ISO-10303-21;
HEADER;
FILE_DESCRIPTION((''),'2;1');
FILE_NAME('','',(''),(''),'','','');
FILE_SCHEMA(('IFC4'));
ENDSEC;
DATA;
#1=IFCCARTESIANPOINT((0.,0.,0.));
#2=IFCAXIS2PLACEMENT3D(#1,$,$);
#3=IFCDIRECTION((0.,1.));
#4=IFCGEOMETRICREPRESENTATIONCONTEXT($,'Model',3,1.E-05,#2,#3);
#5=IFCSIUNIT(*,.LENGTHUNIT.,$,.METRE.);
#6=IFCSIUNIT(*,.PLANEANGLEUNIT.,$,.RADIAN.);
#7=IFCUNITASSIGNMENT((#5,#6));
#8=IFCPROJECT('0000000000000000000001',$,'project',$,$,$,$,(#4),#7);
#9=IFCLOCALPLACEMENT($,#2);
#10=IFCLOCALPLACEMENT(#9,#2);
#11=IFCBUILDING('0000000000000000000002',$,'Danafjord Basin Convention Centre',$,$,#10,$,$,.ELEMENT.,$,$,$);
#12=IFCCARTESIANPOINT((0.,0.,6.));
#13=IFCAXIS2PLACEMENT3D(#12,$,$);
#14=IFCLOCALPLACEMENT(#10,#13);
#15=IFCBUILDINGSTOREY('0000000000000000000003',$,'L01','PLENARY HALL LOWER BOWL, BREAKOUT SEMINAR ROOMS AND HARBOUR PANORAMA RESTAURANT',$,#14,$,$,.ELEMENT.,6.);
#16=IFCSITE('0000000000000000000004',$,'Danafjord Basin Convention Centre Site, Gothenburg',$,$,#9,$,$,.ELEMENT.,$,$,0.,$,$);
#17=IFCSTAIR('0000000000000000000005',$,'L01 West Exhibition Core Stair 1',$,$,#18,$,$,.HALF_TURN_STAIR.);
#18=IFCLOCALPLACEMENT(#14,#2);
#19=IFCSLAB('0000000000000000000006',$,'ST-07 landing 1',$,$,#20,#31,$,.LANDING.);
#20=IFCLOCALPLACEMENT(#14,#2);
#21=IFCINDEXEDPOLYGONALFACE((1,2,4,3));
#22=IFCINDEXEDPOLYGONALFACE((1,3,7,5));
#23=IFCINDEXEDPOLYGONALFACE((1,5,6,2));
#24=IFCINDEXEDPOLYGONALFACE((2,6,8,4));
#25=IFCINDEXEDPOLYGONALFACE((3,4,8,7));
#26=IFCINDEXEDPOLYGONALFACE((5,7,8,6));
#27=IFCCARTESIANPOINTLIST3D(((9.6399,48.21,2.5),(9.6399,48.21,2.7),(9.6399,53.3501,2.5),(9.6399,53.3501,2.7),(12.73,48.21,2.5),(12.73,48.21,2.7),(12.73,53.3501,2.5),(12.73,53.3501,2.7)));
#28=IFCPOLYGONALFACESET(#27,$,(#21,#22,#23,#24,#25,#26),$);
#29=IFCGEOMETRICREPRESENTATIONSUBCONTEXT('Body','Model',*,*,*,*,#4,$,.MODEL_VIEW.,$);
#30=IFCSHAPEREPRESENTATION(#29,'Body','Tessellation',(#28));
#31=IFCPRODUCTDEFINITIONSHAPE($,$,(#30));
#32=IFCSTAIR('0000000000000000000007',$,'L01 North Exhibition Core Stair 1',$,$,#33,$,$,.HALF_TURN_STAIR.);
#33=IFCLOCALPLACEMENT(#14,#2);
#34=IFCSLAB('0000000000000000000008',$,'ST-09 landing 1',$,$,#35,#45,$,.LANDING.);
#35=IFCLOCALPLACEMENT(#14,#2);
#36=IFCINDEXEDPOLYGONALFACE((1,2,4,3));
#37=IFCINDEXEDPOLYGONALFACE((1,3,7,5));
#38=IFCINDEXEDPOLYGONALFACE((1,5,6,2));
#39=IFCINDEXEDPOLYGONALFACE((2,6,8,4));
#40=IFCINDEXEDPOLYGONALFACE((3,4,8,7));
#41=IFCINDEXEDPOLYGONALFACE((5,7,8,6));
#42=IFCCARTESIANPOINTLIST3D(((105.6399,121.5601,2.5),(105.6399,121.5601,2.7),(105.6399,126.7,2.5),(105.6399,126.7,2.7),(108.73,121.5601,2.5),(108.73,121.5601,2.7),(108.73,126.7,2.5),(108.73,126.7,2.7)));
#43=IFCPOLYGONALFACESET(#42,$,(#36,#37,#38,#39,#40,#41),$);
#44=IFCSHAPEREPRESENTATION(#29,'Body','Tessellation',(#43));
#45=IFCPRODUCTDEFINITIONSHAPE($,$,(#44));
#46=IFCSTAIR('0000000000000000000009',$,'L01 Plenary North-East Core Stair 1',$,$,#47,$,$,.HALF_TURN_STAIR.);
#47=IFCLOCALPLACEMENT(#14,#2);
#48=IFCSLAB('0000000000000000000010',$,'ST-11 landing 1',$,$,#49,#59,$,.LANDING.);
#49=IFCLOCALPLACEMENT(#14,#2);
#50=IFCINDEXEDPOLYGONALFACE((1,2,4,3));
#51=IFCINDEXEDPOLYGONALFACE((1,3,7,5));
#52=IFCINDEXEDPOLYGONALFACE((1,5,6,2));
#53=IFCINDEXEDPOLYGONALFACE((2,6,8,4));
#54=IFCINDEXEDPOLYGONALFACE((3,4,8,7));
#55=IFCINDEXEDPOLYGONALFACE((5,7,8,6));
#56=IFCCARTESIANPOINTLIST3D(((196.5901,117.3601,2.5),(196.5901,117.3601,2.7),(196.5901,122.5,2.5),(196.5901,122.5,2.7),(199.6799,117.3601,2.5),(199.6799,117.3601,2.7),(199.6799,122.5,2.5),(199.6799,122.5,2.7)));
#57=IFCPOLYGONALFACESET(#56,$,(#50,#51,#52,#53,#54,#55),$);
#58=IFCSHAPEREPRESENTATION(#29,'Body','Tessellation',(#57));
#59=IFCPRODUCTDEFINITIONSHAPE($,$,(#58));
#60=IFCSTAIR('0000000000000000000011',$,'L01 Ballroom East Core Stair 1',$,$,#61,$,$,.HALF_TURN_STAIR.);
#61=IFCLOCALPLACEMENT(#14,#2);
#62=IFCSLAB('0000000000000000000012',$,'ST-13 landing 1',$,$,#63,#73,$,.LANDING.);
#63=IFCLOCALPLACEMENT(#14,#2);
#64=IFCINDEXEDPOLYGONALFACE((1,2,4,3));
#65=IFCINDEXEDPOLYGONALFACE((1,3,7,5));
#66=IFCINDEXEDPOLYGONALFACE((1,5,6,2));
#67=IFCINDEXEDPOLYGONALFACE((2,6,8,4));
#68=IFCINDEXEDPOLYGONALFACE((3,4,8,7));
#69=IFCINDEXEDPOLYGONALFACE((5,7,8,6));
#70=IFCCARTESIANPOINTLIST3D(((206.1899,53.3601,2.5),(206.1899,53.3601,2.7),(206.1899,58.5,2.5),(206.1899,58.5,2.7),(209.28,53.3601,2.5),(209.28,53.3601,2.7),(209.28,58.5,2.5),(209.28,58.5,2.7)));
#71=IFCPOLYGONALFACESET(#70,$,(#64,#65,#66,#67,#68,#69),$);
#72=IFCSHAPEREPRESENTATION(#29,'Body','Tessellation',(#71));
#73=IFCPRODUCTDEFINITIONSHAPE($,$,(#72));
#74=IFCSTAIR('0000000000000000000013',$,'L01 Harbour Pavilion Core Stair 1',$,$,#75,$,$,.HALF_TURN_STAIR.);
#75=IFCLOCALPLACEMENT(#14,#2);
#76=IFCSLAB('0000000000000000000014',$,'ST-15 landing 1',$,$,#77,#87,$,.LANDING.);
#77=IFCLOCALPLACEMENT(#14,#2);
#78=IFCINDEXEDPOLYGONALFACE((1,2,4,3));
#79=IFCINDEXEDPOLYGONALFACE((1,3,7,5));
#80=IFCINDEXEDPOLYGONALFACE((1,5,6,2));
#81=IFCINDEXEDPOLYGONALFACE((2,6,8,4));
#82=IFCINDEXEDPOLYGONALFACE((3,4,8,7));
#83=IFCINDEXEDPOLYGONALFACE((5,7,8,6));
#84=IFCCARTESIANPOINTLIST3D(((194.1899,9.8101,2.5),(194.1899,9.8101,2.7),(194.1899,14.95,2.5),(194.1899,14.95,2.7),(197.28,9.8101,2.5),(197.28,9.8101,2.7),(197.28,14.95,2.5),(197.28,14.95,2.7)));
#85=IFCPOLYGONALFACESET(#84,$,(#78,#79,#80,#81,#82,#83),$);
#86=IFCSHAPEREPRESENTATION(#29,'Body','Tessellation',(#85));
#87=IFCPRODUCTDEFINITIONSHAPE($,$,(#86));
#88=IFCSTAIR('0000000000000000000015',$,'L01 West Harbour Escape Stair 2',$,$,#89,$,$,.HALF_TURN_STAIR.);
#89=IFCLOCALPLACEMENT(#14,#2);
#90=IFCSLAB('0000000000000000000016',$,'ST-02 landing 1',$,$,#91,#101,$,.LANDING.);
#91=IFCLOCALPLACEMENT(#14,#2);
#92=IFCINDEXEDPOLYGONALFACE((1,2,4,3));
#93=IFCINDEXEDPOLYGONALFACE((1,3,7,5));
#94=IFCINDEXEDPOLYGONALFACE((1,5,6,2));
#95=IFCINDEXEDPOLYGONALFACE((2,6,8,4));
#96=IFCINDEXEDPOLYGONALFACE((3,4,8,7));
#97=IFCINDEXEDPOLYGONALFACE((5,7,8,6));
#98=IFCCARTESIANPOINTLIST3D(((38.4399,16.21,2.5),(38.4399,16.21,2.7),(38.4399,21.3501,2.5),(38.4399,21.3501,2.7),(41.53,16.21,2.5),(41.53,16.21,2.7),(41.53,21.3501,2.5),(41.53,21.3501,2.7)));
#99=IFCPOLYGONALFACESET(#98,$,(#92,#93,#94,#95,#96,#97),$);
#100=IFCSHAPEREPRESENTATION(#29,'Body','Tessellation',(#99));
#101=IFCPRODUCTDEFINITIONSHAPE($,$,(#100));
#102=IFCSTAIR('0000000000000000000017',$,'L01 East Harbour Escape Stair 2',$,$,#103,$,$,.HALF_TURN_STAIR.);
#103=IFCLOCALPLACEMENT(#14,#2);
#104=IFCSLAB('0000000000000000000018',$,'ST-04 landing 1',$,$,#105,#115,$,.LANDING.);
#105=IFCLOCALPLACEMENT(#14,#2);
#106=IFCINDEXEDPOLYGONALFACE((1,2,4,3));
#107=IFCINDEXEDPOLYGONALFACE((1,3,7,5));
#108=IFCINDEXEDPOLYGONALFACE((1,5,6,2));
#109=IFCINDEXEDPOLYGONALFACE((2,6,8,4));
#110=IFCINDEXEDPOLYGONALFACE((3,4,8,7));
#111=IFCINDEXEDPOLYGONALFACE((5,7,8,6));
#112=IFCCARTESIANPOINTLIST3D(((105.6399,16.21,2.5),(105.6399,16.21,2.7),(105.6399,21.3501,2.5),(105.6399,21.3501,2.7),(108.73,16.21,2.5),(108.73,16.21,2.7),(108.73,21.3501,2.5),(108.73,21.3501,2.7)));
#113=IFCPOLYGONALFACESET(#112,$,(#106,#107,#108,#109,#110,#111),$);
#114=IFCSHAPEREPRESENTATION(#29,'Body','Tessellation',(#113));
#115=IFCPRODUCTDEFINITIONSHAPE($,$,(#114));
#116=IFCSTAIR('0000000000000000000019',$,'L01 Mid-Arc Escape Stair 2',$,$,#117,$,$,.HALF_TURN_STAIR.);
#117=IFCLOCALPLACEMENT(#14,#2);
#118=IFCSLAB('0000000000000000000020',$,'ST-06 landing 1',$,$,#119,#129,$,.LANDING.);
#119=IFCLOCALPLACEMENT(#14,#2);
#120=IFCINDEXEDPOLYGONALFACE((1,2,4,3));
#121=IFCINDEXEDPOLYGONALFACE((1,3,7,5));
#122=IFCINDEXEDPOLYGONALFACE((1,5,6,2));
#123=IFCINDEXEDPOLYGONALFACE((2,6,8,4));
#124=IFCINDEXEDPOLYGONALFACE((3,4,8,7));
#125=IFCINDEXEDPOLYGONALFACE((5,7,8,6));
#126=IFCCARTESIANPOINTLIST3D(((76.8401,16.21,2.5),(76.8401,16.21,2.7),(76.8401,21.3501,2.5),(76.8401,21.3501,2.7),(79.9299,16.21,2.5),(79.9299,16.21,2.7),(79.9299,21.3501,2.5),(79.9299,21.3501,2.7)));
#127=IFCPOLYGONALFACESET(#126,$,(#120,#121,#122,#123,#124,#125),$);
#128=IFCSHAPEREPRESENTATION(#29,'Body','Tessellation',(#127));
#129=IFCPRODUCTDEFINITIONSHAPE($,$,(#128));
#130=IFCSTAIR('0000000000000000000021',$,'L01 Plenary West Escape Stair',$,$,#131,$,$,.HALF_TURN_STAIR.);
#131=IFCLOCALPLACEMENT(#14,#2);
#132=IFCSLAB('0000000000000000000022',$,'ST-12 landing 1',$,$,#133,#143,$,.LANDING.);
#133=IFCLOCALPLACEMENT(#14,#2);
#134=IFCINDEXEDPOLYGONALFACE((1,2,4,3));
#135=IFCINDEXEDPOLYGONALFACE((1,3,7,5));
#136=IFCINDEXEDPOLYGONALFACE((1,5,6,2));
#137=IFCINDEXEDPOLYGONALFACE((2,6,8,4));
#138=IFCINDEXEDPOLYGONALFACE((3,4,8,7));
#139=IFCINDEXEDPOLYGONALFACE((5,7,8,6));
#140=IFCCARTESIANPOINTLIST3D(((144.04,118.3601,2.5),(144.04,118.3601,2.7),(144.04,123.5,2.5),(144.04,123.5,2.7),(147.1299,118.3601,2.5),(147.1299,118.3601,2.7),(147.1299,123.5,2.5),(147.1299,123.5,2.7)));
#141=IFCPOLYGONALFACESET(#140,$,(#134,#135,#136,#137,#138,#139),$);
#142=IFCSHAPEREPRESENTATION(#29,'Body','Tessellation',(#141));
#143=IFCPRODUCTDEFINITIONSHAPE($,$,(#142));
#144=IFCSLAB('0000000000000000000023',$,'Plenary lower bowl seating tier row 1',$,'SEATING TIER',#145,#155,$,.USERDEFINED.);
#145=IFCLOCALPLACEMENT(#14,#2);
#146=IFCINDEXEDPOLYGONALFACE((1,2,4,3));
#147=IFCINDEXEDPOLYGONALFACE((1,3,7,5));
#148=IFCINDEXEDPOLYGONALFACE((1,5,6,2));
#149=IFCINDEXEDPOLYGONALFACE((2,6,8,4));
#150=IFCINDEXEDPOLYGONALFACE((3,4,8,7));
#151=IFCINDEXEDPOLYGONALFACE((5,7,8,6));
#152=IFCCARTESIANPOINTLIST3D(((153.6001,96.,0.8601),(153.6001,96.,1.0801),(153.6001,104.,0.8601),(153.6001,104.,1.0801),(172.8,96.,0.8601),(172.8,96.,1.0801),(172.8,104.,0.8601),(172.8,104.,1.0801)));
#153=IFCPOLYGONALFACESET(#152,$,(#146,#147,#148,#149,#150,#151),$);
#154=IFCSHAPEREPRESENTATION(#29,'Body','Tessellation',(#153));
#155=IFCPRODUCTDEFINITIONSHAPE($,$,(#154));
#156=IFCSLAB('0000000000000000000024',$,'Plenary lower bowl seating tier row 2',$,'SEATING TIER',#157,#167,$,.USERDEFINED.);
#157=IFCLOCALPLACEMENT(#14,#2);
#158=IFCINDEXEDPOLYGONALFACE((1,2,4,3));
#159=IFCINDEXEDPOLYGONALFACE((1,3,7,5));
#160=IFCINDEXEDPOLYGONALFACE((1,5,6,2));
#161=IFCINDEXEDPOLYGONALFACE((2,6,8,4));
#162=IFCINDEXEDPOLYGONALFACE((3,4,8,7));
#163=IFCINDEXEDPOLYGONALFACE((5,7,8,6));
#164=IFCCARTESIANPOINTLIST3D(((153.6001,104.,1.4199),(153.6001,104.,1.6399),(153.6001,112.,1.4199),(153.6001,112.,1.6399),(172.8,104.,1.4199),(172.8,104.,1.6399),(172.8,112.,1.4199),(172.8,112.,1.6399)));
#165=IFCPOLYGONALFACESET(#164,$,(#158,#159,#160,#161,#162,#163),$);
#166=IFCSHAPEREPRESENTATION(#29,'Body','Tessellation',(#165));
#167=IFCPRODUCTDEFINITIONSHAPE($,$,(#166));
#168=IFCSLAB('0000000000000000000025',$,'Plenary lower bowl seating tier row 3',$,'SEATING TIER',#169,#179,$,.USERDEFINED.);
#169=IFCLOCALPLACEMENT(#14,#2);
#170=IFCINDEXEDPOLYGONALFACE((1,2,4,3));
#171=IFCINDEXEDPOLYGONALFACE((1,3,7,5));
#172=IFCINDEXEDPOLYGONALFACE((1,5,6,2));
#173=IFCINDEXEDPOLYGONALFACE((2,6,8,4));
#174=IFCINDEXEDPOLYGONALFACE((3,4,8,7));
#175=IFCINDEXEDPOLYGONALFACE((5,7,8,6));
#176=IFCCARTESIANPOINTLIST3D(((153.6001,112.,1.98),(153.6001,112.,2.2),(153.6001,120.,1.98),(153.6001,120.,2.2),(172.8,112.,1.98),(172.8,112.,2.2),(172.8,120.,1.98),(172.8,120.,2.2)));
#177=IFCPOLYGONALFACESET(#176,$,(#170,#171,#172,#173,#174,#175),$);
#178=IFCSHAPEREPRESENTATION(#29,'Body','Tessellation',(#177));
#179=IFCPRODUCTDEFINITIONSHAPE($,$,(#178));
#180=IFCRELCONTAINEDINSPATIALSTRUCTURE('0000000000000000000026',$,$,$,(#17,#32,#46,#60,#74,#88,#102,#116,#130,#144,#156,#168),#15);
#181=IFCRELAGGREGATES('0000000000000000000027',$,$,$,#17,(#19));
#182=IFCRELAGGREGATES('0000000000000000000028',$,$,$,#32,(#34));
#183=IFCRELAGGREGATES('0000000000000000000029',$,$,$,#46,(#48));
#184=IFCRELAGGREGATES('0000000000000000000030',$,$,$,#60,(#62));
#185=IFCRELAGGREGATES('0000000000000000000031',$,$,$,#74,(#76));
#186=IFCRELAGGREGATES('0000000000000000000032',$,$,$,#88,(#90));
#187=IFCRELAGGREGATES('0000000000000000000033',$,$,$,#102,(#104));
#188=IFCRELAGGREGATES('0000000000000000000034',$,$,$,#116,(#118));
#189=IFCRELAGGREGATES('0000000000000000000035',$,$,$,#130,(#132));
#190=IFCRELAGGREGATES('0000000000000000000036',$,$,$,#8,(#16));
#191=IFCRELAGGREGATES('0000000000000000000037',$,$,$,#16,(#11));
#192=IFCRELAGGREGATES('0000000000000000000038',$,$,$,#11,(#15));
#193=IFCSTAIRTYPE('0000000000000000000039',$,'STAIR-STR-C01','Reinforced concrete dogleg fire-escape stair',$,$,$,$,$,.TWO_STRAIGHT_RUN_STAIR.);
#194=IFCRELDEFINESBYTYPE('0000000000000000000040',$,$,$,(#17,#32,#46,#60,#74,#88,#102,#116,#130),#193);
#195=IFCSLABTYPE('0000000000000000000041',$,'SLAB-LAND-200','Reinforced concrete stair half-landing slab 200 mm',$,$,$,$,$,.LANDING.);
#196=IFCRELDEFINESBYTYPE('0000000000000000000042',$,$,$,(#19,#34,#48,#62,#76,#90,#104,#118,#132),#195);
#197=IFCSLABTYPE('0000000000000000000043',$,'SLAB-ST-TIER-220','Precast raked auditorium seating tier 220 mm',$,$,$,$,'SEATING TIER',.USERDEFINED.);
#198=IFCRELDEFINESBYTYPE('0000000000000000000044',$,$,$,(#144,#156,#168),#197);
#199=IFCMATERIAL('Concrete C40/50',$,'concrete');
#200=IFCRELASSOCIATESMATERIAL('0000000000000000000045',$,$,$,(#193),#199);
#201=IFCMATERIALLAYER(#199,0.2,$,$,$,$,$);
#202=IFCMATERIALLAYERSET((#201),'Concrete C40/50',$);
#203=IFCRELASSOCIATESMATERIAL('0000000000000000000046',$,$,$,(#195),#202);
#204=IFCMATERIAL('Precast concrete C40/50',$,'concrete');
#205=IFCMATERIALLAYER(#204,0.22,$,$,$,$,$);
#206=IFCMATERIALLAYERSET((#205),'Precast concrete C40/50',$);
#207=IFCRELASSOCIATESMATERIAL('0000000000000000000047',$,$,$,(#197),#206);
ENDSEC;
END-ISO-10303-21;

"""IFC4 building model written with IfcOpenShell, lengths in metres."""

from ifc_helpers import new_model, si_unit, direction, frame, origin, place, context, subcontext, project, spatial, polyline, outline, extrude, material, layer, layer_set, type_object, element, aggregate, save


model = new_model("IFC4")

# Units and contexts
model_context = context("Model", 3, precision=1e-05, world=origin(), true_north=direction((0.0, 1.0)))
body_context = subcontext(model_context, "Body", "Model", "MODEL_VIEW")
ifc_project = project(units=[si_unit("LENGTHUNIT", "METRE"), si_unit("PLANEANGLEUNIT", "RADIAN")], contexts=[model_context])

# Site, building, storey
site_placement = place(None, origin())
site = spatial("IfcSite", under=ifc_project, at=site_placement, Name="Danafjord Basin Convention Centre Site, Gothenburg", CompositionType="ELEMENT", RefElevation=0.0)
building_placement = place(site_placement, origin())
building = spatial("IfcBuilding", under=site, at=building_placement, Name="Danafjord Basin Convention Centre", CompositionType="ELEMENT")
storey_placement = place(building_placement, frame((0.0, 0.0, 6.0)))
storey = spatial("IfcBuildingStorey", under=building, at=storey_placement, Name="L01", Description="PLENARY HALL LOWER BOWL, BREAKOUT SEMINAR ROOMS AND HARBOUR PANORAMA RESTAURANT", CompositionType="ELEMENT", Elevation=6.0)

# Stairs, slabs
ifc_material_1 = material(Name="Concrete C40/50", Category="concrete")
stair_type = type_object("IfcStairType", Name="STAIR-STR-C01", Description="Reinforced concrete dogleg fire-escape stair", PredefinedType="TWO_STRAIGHT_RUN_STAIR", material=ifc_material_1)
ifc_layer_1 = layer(ifc_material_1, 0.2)
ifc_layer_set_1 = layer_set([ifc_layer_1], Name="Concrete C40/50")
slab_type_1 = type_object("IfcSlabType", Name="SLAB-LAND-200", Description="Reinforced concrete stair half-landing slab 200 mm", PredefinedType="LANDING", material=ifc_layer_set_1)
stair_1_placement = place(storey_placement, origin())
stair_1 = element("IfcStair", 1, at=stair_1_placement, inside=storey, type_object=stair_type, Name="L01 West Exhibition Core Stair 1", PredefinedType="HALF_TURN_STAIR")
slab_1_placement = place(storey_placement, frame((0.0, 0.0, 2.5)))
slab_1 = element("IfcSlab", 2, at=slab_1_placement, type_object=slab_type_1, Name="ST-07 landing 1", PredefinedType="LANDING", context=body_context, shape_type="SweptSolid", body=[
    extrude(outline(polyline([(9.6399, 48.21), (12.73, 48.21), (12.73, 53.3501), (9.6399, 53.3501), (9.6399, 48.21)])), origin(), (0.0, 0.0, 1.0), 0.2),
])
aggregate(stair_1, [slab_1])
stair_2_placement = place(storey_placement, origin())
stair_2 = element("IfcStair", 3, at=stair_2_placement, inside=storey, type_object=stair_type, Name="L01 North Exhibition Core Stair 1", PredefinedType="HALF_TURN_STAIR")
slab_2_placement = place(storey_placement, frame((0.0, 0.0, 2.5)))
slab_2 = element("IfcSlab", 4, at=slab_2_placement, type_object=slab_type_1, Name="ST-09 landing 1", PredefinedType="LANDING", context=body_context, shape_type="SweptSolid", body=[
    extrude(outline(polyline([(105.6399, 121.5601), (108.73, 121.5601), (108.73, 126.7), (105.6399, 126.7), (105.6399, 121.5601)])), origin(), (0.0, 0.0, 1.0), 0.2),
])
aggregate(stair_2, [slab_2])
stair_3_placement = place(storey_placement, origin())
stair_3 = element("IfcStair", 5, at=stair_3_placement, inside=storey, type_object=stair_type, Name="L01 Plenary North-East Core Stair 1", PredefinedType="HALF_TURN_STAIR")
slab_3_placement = place(storey_placement, frame((0.0, 0.0, 2.5)))
slab_3 = element("IfcSlab", 6, at=slab_3_placement, type_object=slab_type_1, Name="ST-11 landing 1", PredefinedType="LANDING", context=body_context, shape_type="SweptSolid", body=[
    extrude(outline(polyline([(196.5901, 117.3601), (199.6799, 117.3601), (199.6799, 122.5), (196.5901, 122.5), (196.5901, 117.3601)])), origin(), (0.0, 0.0, 1.0), 0.2),
])
aggregate(stair_3, [slab_3])
stair_4_placement = place(storey_placement, origin())
stair_4 = element("IfcStair", 7, at=stair_4_placement, inside=storey, type_object=stair_type, Name="L01 Ballroom East Core Stair 1", PredefinedType="HALF_TURN_STAIR")
slab_4_placement = place(storey_placement, frame((0.0, 0.0, 2.5)))
slab_4 = element("IfcSlab", 8, at=slab_4_placement, type_object=slab_type_1, Name="ST-13 landing 1", PredefinedType="LANDING", context=body_context, shape_type="SweptSolid", body=[
    extrude(outline(polyline([(206.1899, 53.3601), (209.28, 53.3601), (209.28, 58.5), (206.1899, 58.5), (206.1899, 53.3601)])), origin(), (0.0, 0.0, 1.0), 0.2),
])
aggregate(stair_4, [slab_4])
stair_5_placement = place(storey_placement, origin())
stair_5 = element("IfcStair", 9, at=stair_5_placement, inside=storey, type_object=stair_type, Name="L01 Harbour Pavilion Core Stair 1", PredefinedType="HALF_TURN_STAIR")
slab_5_placement = place(storey_placement, frame((0.0, 0.0, 2.5)))
slab_5 = element("IfcSlab", 10, at=slab_5_placement, type_object=slab_type_1, Name="ST-15 landing 1", PredefinedType="LANDING", context=body_context, shape_type="SweptSolid", body=[
    extrude(outline(polyline([(194.1899, 9.8101), (197.28, 9.8101), (197.28, 14.95), (194.1899, 14.95), (194.1899, 9.8101)])), origin(), (0.0, 0.0, 1.0), 0.2),
])
aggregate(stair_5, [slab_5])
stair_6_placement = place(storey_placement, origin())
stair_6 = element("IfcStair", 11, at=stair_6_placement, inside=storey, type_object=stair_type, Name="L01 West Harbour Escape Stair 2", PredefinedType="HALF_TURN_STAIR")
slab_6_placement = place(storey_placement, frame((0.0, 0.0, 2.5)))
slab_6 = element("IfcSlab", 12, at=slab_6_placement, type_object=slab_type_1, Name="ST-02 landing 1", PredefinedType="LANDING", context=body_context, shape_type="SweptSolid", body=[
    extrude(outline(polyline([(38.4399, 16.21), (41.53, 16.21), (41.53, 21.3501), (38.4399, 21.3501), (38.4399, 16.21)])), origin(), (0.0, 0.0, 1.0), 0.2),
])
aggregate(stair_6, [slab_6])
stair_7_placement = place(storey_placement, origin())
stair_7 = element("IfcStair", 13, at=stair_7_placement, inside=storey, type_object=stair_type, Name="L01 East Harbour Escape Stair 2", PredefinedType="HALF_TURN_STAIR")
slab_7_placement = place(storey_placement, frame((0.0, 0.0, 2.5)))
slab_7 = element("IfcSlab", 14, at=slab_7_placement, type_object=slab_type_1, Name="ST-04 landing 1", PredefinedType="LANDING", context=body_context, shape_type="SweptSolid", body=[
    extrude(outline(polyline([(105.6399, 16.21), (108.73, 16.21), (108.73, 21.3501), (105.6399, 21.3501), (105.6399, 16.21)])), origin(), (0.0, 0.0, 1.0), 0.2),
])
aggregate(stair_7, [slab_7])
stair_8_placement = place(storey_placement, origin())
stair_8 = element("IfcStair", 15, at=stair_8_placement, inside=storey, type_object=stair_type, Name="L01 Mid-Arc Escape Stair 2", PredefinedType="HALF_TURN_STAIR")
slab_8_placement = place(storey_placement, frame((0.0, 0.0, 2.5)))
slab_8 = element("IfcSlab", 16, at=slab_8_placement, type_object=slab_type_1, Name="ST-06 landing 1", PredefinedType="LANDING", context=body_context, shape_type="SweptSolid", body=[
    extrude(outline(polyline([(76.8401, 16.21), (79.9299, 16.21), (79.9299, 21.3501), (76.8401, 21.3501), (76.8401, 16.21)])), origin(), (0.0, 0.0, 1.0), 0.2),
])
aggregate(stair_8, [slab_8])
stair_9_placement = place(storey_placement, origin())
stair_9 = element("IfcStair", 17, at=stair_9_placement, inside=storey, type_object=stair_type, Name="L01 Plenary West Escape Stair", PredefinedType="HALF_TURN_STAIR")
slab_9_placement = place(storey_placement, frame((0.0, 0.0, 2.5)))
slab_9 = element("IfcSlab", 18, at=slab_9_placement, type_object=slab_type_1, Name="ST-12 landing 1", PredefinedType="LANDING", context=body_context, shape_type="SweptSolid", body=[
    extrude(outline(polyline([(144.04, 118.3601), (147.1299, 118.3601), (147.1299, 123.5), (144.04, 123.5), (144.04, 118.3601)])), origin(), (0.0, 0.0, 1.0), 0.2),
])
aggregate(stair_9, [slab_9])

# Slabs
ifc_material_2 = material(Name="Precast concrete C40/50", Category="concrete")
ifc_layer_2 = layer(ifc_material_2, 0.22)
ifc_layer_set_2 = layer_set([ifc_layer_2], Name="Precast concrete C40/50")
slab_type_2 = type_object("IfcSlabType", Name="SLAB-ST-TIER-220", Description="Precast raked auditorium seating tier 220 mm", ElementType="SEATING TIER", PredefinedType="USERDEFINED", material=ifc_layer_set_2)
slab_10_placement = place(storey_placement, frame((0.0, 0.0, 0.8601)))
element("IfcSlab", 19, at=slab_10_placement, inside=storey, type_object=slab_type_2, Name="Plenary lower bowl seating tier row 1", ObjectType="SEATING TIER", PredefinedType="USERDEFINED", context=body_context, shape_type="SweptSolid", body=[
    extrude(outline(polyline([(153.6001, 96.0), (172.8, 96.0), (172.8, 104.0), (153.6001, 104.0), (153.6001, 96.0)])), origin(), (0.0, 0.0, 1.0), 0.22),
])
slab_11_placement = place(storey_placement, frame((0.0, 0.0, 1.4199)))
element("IfcSlab", 20, at=slab_11_placement, inside=storey, type_object=slab_type_2, Name="Plenary lower bowl seating tier row 2", ObjectType="SEATING TIER", PredefinedType="USERDEFINED", context=body_context, shape_type="SweptSolid", body=[
    extrude(outline(polyline([(153.6001, 104.0), (172.8, 104.0), (172.8, 112.0), (153.6001, 112.0), (153.6001, 104.0)])), origin(), (0.0, 0.0, 1.0), 0.22),
])
slab_12_placement = place(storey_placement, frame((0.0, 0.0, 1.98)))
element("IfcSlab", 21, at=slab_12_placement, inside=storey, type_object=slab_type_2, Name="Plenary lower bowl seating tier row 3", ObjectType="SEATING TIER", PredefinedType="USERDEFINED", context=body_context, shape_type="SweptSolid", body=[
    extrude(outline(polyline([(153.6001, 112.0), (172.8, 112.0), (172.8, 120.0), (153.6001, 120.0), (153.6001, 112.0)])), origin(), (0.0, 0.0, 1.0), 0.22),
])

save(model, "model.ifc")
